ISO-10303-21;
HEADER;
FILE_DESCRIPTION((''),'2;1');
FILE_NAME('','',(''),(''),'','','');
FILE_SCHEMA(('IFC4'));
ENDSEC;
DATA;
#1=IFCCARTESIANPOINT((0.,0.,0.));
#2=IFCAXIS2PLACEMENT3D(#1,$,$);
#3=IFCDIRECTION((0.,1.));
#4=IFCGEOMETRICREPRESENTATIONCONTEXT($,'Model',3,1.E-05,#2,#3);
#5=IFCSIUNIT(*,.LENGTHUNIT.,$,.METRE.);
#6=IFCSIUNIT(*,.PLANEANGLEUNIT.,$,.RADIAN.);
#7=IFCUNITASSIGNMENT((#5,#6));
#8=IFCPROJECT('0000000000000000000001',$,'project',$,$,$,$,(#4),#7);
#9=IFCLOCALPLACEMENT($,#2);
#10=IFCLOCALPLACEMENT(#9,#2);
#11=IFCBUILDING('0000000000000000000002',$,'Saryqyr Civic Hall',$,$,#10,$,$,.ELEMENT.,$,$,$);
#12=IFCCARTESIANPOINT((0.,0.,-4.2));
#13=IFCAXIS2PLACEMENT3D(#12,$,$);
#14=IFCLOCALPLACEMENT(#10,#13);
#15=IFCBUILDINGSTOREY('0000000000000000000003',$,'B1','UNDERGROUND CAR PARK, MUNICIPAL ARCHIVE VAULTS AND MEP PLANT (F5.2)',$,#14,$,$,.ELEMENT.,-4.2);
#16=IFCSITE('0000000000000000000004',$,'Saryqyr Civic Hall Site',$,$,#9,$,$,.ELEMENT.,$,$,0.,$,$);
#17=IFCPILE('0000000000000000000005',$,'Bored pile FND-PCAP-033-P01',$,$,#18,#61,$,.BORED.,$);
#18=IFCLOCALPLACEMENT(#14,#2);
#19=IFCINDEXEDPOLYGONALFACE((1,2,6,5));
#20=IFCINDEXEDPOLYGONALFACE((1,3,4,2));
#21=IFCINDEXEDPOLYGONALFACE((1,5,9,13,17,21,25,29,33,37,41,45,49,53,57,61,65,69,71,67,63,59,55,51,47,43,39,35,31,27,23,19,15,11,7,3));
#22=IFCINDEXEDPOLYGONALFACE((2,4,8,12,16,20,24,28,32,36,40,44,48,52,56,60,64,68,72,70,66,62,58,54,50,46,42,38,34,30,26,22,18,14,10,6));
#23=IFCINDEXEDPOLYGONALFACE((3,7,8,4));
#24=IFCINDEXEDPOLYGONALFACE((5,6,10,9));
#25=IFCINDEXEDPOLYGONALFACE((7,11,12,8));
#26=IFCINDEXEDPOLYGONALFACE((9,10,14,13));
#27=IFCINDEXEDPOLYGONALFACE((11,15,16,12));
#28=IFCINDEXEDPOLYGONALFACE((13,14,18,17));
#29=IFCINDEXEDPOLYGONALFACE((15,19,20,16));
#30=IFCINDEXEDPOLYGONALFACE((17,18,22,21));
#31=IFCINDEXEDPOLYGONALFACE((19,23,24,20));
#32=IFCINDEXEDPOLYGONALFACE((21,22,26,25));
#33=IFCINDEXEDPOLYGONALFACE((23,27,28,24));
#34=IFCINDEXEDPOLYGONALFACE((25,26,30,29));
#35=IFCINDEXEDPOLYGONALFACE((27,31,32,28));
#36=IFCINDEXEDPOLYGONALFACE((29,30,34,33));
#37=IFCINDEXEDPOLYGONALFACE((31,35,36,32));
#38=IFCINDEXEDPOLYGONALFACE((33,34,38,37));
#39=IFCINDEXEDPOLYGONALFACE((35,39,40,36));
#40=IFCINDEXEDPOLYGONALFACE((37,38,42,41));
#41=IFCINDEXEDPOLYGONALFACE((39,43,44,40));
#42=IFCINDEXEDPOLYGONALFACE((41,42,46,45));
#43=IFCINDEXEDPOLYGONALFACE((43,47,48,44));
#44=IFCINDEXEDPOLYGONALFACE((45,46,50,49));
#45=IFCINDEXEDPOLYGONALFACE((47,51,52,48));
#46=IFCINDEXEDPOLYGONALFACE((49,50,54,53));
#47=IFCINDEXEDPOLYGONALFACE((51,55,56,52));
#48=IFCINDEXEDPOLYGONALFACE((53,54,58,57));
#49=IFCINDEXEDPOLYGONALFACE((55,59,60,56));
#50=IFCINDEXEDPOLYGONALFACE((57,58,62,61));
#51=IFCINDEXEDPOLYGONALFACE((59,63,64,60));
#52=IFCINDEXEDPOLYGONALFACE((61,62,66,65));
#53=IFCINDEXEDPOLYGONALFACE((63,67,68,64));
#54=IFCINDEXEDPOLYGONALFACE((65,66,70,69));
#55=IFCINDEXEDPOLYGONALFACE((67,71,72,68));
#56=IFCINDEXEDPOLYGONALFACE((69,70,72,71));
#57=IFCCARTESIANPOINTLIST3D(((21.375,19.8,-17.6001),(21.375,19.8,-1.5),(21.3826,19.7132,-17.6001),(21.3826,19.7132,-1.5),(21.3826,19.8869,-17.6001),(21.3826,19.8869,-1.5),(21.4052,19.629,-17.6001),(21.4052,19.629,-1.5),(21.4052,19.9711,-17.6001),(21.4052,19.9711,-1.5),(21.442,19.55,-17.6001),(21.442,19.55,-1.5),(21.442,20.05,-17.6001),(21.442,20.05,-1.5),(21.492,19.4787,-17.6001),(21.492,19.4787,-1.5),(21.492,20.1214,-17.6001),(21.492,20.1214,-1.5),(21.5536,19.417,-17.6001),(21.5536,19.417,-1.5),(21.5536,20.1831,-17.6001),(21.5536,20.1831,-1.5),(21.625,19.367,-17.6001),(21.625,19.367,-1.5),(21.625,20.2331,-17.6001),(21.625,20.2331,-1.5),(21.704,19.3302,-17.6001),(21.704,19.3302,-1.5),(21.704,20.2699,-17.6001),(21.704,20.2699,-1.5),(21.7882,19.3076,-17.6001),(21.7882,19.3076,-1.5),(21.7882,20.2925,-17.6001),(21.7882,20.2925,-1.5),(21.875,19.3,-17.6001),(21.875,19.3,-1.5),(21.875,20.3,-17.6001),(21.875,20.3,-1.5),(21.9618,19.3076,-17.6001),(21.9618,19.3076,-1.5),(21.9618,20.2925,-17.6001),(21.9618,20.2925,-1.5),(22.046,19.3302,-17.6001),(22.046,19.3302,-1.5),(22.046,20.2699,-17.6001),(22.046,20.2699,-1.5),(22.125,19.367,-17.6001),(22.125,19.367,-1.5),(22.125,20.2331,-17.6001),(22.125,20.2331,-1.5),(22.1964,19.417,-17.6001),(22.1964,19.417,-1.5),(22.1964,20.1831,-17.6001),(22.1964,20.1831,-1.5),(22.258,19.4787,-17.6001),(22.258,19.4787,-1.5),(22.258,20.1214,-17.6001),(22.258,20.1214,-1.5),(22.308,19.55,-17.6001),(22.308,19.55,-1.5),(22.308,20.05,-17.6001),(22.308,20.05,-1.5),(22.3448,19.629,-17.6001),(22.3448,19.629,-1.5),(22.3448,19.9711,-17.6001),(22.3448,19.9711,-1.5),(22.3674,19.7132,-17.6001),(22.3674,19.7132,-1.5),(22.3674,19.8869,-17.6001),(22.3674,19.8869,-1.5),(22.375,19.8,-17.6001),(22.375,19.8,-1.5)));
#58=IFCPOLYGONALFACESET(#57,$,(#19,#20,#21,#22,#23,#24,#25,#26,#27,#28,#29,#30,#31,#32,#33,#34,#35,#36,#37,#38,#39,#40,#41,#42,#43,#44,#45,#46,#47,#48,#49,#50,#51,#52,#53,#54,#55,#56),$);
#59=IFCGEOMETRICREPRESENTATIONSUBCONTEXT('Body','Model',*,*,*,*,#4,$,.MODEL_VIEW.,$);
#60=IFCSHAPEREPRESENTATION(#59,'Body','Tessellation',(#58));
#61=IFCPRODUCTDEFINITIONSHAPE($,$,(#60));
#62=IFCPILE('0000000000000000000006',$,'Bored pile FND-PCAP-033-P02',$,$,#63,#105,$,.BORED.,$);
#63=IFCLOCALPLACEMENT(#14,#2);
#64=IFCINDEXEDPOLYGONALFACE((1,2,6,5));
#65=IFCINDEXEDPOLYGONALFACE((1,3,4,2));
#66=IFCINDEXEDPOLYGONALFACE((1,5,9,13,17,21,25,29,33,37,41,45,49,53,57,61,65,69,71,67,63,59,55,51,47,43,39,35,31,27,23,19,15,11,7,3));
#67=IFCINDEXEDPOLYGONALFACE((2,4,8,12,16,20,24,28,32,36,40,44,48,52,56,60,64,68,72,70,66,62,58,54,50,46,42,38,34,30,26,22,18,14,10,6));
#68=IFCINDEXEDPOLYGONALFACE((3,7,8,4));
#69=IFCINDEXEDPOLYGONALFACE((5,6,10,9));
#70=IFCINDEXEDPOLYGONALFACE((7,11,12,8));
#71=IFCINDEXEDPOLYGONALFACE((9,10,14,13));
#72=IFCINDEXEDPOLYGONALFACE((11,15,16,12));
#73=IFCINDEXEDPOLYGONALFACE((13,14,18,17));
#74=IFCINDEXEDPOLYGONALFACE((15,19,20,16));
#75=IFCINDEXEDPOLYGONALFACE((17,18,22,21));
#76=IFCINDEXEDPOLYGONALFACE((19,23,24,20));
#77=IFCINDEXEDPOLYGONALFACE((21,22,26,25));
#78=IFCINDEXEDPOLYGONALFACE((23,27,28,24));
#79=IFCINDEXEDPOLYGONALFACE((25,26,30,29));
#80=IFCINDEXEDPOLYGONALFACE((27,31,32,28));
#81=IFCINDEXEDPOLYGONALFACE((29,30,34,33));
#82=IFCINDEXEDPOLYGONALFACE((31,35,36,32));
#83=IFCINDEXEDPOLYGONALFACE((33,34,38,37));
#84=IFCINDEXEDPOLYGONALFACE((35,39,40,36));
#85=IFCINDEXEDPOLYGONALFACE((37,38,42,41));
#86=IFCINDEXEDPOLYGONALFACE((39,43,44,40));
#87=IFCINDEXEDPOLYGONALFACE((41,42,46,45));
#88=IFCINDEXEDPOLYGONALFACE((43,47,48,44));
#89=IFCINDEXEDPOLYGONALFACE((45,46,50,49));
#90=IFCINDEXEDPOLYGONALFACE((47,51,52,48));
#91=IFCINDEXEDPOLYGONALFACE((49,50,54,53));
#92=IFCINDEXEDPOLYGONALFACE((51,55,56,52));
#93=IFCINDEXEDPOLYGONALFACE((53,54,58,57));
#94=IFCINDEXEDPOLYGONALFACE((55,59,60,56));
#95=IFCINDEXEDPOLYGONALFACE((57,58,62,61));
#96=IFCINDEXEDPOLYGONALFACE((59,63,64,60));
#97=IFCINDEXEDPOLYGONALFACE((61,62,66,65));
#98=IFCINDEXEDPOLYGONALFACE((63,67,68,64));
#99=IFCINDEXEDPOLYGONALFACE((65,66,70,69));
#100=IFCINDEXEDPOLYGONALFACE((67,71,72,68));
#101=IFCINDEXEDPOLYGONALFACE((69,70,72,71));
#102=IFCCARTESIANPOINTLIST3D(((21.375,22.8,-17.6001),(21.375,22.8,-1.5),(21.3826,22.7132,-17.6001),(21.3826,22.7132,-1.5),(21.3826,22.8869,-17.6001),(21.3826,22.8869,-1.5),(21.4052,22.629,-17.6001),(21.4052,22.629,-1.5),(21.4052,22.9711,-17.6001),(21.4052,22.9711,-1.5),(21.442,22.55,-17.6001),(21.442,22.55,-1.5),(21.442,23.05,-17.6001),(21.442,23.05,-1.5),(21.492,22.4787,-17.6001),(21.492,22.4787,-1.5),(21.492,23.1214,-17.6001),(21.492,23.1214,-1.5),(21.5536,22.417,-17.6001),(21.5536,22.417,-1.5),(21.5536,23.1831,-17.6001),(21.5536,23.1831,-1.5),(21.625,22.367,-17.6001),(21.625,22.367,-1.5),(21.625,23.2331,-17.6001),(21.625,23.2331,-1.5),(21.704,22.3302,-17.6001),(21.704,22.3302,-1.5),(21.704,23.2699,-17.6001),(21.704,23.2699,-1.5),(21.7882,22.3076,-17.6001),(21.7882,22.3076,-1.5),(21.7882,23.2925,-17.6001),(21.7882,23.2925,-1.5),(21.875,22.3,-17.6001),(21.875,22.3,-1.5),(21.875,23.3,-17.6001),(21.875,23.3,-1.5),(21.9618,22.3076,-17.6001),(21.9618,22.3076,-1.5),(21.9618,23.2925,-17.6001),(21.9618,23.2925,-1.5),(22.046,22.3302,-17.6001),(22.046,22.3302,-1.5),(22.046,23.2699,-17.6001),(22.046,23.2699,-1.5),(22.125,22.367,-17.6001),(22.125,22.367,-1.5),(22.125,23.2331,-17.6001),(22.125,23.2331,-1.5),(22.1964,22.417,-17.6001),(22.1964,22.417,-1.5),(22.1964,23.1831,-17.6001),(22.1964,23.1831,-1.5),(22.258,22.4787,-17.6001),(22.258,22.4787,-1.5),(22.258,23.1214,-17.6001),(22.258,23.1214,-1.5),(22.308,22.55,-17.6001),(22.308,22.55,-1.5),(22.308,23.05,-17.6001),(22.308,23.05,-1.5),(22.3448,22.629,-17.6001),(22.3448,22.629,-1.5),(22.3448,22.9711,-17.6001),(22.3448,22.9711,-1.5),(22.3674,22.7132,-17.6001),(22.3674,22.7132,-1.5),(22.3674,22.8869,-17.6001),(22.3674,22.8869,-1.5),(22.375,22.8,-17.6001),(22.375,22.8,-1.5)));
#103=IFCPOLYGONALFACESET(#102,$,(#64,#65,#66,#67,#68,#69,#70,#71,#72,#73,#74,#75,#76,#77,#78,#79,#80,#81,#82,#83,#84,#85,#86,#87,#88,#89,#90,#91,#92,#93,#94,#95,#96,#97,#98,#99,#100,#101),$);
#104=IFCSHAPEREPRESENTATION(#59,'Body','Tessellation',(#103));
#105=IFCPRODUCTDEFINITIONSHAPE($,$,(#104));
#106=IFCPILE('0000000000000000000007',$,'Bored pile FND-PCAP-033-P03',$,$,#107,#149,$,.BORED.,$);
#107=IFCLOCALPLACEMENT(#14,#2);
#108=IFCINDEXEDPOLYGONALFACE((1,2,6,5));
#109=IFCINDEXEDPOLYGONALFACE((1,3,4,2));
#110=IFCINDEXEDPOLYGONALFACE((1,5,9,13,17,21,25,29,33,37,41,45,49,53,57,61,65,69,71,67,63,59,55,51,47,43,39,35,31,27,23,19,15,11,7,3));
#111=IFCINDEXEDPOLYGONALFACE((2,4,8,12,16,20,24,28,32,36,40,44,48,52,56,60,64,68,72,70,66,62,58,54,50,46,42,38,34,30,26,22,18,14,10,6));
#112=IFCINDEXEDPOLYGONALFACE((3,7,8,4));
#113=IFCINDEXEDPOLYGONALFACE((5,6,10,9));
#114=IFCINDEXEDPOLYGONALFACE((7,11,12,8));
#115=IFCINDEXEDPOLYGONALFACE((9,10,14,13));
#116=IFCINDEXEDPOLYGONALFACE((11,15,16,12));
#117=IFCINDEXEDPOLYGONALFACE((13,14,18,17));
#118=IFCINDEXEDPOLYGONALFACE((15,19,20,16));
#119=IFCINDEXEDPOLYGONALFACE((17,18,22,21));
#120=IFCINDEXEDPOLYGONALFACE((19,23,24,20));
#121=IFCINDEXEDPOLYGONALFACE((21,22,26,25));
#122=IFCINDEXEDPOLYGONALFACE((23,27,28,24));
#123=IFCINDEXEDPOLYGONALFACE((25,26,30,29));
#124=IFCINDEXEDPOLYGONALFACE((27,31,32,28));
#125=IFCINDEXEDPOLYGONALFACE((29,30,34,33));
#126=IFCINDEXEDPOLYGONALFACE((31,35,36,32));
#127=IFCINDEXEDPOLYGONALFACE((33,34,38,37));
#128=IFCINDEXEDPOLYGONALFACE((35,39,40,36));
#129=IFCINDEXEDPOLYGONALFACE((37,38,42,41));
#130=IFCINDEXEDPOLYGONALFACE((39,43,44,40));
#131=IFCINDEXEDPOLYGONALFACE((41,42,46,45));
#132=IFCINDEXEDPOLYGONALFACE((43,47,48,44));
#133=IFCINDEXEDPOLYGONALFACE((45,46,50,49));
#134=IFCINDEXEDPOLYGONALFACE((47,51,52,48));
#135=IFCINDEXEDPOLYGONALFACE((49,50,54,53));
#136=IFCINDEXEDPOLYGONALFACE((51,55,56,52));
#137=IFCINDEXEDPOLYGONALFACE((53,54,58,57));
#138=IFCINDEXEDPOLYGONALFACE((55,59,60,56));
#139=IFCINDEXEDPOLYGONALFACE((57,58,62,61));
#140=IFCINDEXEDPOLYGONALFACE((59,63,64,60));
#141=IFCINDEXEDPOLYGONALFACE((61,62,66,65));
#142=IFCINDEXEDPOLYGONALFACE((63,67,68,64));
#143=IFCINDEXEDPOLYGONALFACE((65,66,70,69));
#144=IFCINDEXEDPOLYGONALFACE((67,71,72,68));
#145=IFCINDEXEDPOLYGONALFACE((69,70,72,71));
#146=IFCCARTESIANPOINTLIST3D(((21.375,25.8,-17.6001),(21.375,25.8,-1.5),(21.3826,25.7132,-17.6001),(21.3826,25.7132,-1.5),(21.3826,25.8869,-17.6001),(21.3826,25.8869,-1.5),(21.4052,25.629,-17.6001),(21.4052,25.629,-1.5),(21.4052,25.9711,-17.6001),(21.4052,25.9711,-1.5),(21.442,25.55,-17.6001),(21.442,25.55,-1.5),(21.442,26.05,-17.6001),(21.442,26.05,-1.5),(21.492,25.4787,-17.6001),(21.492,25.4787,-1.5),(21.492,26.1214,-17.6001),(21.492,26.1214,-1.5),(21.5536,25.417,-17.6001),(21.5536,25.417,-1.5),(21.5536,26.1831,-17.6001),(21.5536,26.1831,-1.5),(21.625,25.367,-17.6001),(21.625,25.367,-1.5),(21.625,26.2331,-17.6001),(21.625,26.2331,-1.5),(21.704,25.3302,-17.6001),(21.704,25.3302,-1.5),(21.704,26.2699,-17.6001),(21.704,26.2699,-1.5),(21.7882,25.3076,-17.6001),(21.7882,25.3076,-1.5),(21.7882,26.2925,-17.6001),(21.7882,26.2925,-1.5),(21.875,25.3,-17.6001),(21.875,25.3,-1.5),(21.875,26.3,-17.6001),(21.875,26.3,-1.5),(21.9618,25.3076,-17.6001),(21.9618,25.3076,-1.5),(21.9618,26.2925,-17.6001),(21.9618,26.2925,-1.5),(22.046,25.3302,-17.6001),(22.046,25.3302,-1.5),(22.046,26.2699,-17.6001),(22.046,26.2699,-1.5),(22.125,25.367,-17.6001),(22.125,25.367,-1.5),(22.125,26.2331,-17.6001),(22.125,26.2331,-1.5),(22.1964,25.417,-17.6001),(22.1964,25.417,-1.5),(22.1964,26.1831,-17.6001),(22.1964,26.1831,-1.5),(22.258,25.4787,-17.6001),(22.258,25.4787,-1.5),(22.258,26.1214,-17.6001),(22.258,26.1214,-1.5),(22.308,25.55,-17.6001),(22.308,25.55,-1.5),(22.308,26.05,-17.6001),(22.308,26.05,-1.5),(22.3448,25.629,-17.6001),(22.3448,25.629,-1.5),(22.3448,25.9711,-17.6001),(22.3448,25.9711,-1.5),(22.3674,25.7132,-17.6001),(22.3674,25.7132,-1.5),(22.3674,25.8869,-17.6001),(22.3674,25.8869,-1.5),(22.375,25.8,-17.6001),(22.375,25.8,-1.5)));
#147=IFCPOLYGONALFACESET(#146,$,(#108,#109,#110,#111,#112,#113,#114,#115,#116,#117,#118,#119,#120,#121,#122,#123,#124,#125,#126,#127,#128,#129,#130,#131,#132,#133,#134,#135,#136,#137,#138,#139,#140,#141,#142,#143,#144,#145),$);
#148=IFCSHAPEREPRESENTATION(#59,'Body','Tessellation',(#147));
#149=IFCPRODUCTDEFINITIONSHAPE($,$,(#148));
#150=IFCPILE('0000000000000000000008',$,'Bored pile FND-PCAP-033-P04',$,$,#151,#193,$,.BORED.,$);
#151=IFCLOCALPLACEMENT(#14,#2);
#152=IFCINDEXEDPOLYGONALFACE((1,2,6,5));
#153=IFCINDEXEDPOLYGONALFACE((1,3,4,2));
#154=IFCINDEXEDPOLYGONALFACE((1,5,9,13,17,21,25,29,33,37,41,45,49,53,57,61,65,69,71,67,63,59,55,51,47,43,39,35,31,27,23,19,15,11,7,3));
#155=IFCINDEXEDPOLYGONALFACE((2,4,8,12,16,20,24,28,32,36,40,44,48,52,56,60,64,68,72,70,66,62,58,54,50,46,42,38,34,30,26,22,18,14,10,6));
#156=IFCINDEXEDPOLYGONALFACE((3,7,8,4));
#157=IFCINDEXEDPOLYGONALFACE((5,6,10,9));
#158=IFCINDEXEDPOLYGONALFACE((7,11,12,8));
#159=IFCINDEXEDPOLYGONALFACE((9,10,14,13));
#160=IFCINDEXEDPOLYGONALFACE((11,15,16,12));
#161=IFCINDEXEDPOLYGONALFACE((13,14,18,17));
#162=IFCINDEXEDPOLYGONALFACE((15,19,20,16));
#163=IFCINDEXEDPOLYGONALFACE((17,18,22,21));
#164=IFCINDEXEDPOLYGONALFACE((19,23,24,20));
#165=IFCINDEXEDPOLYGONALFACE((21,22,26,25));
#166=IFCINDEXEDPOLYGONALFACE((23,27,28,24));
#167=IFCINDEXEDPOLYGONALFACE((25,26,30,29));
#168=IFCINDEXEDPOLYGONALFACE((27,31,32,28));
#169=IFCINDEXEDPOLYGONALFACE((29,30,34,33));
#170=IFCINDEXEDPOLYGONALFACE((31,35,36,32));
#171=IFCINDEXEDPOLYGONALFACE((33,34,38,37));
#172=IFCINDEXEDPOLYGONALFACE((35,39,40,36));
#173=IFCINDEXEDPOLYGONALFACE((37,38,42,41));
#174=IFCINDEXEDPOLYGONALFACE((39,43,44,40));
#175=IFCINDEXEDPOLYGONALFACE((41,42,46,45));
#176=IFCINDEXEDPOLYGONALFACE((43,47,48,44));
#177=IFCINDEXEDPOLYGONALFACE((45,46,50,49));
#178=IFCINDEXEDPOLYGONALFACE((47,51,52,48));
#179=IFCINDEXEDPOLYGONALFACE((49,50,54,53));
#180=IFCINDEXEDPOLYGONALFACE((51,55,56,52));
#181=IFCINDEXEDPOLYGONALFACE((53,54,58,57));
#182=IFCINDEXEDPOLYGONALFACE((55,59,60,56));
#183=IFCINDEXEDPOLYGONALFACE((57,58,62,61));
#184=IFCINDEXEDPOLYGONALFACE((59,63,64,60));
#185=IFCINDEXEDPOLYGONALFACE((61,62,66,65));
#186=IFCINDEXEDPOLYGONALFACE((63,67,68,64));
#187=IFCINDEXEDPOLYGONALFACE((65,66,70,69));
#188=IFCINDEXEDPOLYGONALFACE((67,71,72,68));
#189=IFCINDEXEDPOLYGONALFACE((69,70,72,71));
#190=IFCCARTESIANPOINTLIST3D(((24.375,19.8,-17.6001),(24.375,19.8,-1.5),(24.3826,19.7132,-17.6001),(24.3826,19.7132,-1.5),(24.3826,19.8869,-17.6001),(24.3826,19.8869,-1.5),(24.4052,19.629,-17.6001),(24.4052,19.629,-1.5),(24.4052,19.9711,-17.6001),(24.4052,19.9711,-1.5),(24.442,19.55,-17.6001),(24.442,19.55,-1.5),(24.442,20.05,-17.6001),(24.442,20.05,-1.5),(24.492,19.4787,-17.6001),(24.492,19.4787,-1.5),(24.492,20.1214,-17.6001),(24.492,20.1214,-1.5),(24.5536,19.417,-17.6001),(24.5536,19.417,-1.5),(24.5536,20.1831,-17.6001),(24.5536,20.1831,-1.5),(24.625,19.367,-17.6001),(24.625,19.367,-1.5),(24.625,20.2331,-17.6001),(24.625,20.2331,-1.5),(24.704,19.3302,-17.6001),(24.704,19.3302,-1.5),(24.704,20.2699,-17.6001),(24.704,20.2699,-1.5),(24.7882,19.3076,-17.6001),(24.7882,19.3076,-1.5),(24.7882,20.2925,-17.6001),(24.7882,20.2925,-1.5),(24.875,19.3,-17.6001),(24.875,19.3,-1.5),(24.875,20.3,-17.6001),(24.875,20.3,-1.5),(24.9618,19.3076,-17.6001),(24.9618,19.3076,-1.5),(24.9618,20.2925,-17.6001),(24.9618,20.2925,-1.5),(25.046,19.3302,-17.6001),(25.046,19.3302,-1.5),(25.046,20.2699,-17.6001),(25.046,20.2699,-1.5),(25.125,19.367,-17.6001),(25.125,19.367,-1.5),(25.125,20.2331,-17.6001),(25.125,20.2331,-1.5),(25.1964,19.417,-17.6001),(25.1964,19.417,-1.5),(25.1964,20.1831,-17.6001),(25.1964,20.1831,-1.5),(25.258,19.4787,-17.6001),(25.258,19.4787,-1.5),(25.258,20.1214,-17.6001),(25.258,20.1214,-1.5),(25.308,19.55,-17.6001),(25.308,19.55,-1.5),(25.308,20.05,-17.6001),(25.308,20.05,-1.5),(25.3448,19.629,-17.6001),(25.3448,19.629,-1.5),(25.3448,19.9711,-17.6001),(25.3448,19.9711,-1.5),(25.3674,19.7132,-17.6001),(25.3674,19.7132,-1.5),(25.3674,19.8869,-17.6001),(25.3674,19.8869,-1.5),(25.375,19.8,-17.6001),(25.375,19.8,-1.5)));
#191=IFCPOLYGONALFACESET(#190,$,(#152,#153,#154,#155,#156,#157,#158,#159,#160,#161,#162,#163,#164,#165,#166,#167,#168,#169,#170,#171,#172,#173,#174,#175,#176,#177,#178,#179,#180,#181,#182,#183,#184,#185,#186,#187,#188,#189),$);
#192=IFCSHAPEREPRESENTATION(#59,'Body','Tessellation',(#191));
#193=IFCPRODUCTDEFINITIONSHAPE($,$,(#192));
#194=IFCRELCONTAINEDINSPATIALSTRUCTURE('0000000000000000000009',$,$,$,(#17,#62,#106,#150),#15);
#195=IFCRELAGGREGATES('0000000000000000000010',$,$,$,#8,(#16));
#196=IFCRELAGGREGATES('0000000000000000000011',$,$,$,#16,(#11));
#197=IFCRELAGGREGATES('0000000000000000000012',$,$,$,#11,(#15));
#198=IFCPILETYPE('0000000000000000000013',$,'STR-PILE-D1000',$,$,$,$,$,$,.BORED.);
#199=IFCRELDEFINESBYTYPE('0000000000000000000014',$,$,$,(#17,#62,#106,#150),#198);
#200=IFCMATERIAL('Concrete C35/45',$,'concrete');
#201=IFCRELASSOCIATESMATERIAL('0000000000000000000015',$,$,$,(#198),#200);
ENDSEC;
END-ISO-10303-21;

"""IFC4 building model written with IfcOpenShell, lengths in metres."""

from ifc_helpers import new_model, si_unit, direction, frame, origin, origin_2d, place, context, subcontext, project, spatial, circle, extrude, material, material_profile, profile_set, type_object, element, save


model = new_model("IFC4")

# Units and contexts
model_context = context("Model", 3, precision=1e-05, world=origin(), true_north=direction((0.0, 1.0)))
body_context = subcontext(model_context, "Body", "Model", "MODEL_VIEW")
ifc_project = project(units=[si_unit("LENGTHUNIT", "METRE"), si_unit("PLANEANGLEUNIT", "RADIAN")], contexts=[model_context])

# Site, building, storey
site_placement = place(None, origin())
site = spatial("IfcSite", under=ifc_project, at=site_placement, Name="Saryqyr Civic Hall Site", CompositionType="ELEMENT", RefElevation=0.0)
building_placement = place(site_placement, origin())
building = spatial("IfcBuilding", under=site, at=building_placement, Name="Saryqyr Civic Hall", CompositionType="ELEMENT")
storey_placement = place(building_placement, frame((0.0, 0.0, -4.2)))
storey = spatial("IfcBuildingStorey", under=building, at=storey_placement, Name="B1", Description="UNDERGROUND CAR PARK, MUNICIPAL ARCHIVE VAULTS AND MEP PLANT (F5.2)", CompositionType="ELEMENT", Elevation=-4.2)

# Shared definitions
ifc_material_1 = material(Name="Concrete C35/45", Category="concrete")

# Piles
ifc_material_profile_1 = material_profile(ifc_material_1, circle(Radius=0.5, at=origin_2d()), Name="BORED PILE D1000")
ifc_profile_set_1 = profile_set([ifc_material_profile_1], Name="Concrete C35/45")
pile_type_1 = type_object("IfcPileType", Name="STR-PILE-D1000", PredefinedType="BORED", material=ifc_profile_set_1)
for number, where, z_axis, x_axis, name in (
    (1, (21.875, 19.8, -1.5), (0.0, 0.0, -1.0), (1.0, 0.0, 0.0), "Bored pile FND-PCAP-033-P01"),
    (2, (21.875, 22.8, -1.5), (0.0, 0.0, -1.0), (1.0, 0.0, 0.0), "Bored pile FND-PCAP-033-P02"),
    (3, (21.875, 25.8, -1.5), (0.0, 0.0, -1.0), (1.0, 0.0, 0.0), "Bored pile FND-PCAP-033-P03"),
    (4, (24.875, 19.8, -1.5), (0.0, 0.0, -1.0), (1.0, 0.0, 0.0), "Bored pile FND-PCAP-033-P04"),
):
    element("IfcPile", number, at=place(storey_placement, frame(where, z_axis=z_axis, x_axis=x_axis)), inside=storey, type_object=pile_type_1, Name=name, PredefinedType="BORED", context=body_context, shape_type="SweptSolid", body=[
        extrude(circle(Radius=0.5, at=origin_2d()), origin(), (0.0, 0.0, 1.0), 16.1001),
    ])

save(model, "model.ifc")
